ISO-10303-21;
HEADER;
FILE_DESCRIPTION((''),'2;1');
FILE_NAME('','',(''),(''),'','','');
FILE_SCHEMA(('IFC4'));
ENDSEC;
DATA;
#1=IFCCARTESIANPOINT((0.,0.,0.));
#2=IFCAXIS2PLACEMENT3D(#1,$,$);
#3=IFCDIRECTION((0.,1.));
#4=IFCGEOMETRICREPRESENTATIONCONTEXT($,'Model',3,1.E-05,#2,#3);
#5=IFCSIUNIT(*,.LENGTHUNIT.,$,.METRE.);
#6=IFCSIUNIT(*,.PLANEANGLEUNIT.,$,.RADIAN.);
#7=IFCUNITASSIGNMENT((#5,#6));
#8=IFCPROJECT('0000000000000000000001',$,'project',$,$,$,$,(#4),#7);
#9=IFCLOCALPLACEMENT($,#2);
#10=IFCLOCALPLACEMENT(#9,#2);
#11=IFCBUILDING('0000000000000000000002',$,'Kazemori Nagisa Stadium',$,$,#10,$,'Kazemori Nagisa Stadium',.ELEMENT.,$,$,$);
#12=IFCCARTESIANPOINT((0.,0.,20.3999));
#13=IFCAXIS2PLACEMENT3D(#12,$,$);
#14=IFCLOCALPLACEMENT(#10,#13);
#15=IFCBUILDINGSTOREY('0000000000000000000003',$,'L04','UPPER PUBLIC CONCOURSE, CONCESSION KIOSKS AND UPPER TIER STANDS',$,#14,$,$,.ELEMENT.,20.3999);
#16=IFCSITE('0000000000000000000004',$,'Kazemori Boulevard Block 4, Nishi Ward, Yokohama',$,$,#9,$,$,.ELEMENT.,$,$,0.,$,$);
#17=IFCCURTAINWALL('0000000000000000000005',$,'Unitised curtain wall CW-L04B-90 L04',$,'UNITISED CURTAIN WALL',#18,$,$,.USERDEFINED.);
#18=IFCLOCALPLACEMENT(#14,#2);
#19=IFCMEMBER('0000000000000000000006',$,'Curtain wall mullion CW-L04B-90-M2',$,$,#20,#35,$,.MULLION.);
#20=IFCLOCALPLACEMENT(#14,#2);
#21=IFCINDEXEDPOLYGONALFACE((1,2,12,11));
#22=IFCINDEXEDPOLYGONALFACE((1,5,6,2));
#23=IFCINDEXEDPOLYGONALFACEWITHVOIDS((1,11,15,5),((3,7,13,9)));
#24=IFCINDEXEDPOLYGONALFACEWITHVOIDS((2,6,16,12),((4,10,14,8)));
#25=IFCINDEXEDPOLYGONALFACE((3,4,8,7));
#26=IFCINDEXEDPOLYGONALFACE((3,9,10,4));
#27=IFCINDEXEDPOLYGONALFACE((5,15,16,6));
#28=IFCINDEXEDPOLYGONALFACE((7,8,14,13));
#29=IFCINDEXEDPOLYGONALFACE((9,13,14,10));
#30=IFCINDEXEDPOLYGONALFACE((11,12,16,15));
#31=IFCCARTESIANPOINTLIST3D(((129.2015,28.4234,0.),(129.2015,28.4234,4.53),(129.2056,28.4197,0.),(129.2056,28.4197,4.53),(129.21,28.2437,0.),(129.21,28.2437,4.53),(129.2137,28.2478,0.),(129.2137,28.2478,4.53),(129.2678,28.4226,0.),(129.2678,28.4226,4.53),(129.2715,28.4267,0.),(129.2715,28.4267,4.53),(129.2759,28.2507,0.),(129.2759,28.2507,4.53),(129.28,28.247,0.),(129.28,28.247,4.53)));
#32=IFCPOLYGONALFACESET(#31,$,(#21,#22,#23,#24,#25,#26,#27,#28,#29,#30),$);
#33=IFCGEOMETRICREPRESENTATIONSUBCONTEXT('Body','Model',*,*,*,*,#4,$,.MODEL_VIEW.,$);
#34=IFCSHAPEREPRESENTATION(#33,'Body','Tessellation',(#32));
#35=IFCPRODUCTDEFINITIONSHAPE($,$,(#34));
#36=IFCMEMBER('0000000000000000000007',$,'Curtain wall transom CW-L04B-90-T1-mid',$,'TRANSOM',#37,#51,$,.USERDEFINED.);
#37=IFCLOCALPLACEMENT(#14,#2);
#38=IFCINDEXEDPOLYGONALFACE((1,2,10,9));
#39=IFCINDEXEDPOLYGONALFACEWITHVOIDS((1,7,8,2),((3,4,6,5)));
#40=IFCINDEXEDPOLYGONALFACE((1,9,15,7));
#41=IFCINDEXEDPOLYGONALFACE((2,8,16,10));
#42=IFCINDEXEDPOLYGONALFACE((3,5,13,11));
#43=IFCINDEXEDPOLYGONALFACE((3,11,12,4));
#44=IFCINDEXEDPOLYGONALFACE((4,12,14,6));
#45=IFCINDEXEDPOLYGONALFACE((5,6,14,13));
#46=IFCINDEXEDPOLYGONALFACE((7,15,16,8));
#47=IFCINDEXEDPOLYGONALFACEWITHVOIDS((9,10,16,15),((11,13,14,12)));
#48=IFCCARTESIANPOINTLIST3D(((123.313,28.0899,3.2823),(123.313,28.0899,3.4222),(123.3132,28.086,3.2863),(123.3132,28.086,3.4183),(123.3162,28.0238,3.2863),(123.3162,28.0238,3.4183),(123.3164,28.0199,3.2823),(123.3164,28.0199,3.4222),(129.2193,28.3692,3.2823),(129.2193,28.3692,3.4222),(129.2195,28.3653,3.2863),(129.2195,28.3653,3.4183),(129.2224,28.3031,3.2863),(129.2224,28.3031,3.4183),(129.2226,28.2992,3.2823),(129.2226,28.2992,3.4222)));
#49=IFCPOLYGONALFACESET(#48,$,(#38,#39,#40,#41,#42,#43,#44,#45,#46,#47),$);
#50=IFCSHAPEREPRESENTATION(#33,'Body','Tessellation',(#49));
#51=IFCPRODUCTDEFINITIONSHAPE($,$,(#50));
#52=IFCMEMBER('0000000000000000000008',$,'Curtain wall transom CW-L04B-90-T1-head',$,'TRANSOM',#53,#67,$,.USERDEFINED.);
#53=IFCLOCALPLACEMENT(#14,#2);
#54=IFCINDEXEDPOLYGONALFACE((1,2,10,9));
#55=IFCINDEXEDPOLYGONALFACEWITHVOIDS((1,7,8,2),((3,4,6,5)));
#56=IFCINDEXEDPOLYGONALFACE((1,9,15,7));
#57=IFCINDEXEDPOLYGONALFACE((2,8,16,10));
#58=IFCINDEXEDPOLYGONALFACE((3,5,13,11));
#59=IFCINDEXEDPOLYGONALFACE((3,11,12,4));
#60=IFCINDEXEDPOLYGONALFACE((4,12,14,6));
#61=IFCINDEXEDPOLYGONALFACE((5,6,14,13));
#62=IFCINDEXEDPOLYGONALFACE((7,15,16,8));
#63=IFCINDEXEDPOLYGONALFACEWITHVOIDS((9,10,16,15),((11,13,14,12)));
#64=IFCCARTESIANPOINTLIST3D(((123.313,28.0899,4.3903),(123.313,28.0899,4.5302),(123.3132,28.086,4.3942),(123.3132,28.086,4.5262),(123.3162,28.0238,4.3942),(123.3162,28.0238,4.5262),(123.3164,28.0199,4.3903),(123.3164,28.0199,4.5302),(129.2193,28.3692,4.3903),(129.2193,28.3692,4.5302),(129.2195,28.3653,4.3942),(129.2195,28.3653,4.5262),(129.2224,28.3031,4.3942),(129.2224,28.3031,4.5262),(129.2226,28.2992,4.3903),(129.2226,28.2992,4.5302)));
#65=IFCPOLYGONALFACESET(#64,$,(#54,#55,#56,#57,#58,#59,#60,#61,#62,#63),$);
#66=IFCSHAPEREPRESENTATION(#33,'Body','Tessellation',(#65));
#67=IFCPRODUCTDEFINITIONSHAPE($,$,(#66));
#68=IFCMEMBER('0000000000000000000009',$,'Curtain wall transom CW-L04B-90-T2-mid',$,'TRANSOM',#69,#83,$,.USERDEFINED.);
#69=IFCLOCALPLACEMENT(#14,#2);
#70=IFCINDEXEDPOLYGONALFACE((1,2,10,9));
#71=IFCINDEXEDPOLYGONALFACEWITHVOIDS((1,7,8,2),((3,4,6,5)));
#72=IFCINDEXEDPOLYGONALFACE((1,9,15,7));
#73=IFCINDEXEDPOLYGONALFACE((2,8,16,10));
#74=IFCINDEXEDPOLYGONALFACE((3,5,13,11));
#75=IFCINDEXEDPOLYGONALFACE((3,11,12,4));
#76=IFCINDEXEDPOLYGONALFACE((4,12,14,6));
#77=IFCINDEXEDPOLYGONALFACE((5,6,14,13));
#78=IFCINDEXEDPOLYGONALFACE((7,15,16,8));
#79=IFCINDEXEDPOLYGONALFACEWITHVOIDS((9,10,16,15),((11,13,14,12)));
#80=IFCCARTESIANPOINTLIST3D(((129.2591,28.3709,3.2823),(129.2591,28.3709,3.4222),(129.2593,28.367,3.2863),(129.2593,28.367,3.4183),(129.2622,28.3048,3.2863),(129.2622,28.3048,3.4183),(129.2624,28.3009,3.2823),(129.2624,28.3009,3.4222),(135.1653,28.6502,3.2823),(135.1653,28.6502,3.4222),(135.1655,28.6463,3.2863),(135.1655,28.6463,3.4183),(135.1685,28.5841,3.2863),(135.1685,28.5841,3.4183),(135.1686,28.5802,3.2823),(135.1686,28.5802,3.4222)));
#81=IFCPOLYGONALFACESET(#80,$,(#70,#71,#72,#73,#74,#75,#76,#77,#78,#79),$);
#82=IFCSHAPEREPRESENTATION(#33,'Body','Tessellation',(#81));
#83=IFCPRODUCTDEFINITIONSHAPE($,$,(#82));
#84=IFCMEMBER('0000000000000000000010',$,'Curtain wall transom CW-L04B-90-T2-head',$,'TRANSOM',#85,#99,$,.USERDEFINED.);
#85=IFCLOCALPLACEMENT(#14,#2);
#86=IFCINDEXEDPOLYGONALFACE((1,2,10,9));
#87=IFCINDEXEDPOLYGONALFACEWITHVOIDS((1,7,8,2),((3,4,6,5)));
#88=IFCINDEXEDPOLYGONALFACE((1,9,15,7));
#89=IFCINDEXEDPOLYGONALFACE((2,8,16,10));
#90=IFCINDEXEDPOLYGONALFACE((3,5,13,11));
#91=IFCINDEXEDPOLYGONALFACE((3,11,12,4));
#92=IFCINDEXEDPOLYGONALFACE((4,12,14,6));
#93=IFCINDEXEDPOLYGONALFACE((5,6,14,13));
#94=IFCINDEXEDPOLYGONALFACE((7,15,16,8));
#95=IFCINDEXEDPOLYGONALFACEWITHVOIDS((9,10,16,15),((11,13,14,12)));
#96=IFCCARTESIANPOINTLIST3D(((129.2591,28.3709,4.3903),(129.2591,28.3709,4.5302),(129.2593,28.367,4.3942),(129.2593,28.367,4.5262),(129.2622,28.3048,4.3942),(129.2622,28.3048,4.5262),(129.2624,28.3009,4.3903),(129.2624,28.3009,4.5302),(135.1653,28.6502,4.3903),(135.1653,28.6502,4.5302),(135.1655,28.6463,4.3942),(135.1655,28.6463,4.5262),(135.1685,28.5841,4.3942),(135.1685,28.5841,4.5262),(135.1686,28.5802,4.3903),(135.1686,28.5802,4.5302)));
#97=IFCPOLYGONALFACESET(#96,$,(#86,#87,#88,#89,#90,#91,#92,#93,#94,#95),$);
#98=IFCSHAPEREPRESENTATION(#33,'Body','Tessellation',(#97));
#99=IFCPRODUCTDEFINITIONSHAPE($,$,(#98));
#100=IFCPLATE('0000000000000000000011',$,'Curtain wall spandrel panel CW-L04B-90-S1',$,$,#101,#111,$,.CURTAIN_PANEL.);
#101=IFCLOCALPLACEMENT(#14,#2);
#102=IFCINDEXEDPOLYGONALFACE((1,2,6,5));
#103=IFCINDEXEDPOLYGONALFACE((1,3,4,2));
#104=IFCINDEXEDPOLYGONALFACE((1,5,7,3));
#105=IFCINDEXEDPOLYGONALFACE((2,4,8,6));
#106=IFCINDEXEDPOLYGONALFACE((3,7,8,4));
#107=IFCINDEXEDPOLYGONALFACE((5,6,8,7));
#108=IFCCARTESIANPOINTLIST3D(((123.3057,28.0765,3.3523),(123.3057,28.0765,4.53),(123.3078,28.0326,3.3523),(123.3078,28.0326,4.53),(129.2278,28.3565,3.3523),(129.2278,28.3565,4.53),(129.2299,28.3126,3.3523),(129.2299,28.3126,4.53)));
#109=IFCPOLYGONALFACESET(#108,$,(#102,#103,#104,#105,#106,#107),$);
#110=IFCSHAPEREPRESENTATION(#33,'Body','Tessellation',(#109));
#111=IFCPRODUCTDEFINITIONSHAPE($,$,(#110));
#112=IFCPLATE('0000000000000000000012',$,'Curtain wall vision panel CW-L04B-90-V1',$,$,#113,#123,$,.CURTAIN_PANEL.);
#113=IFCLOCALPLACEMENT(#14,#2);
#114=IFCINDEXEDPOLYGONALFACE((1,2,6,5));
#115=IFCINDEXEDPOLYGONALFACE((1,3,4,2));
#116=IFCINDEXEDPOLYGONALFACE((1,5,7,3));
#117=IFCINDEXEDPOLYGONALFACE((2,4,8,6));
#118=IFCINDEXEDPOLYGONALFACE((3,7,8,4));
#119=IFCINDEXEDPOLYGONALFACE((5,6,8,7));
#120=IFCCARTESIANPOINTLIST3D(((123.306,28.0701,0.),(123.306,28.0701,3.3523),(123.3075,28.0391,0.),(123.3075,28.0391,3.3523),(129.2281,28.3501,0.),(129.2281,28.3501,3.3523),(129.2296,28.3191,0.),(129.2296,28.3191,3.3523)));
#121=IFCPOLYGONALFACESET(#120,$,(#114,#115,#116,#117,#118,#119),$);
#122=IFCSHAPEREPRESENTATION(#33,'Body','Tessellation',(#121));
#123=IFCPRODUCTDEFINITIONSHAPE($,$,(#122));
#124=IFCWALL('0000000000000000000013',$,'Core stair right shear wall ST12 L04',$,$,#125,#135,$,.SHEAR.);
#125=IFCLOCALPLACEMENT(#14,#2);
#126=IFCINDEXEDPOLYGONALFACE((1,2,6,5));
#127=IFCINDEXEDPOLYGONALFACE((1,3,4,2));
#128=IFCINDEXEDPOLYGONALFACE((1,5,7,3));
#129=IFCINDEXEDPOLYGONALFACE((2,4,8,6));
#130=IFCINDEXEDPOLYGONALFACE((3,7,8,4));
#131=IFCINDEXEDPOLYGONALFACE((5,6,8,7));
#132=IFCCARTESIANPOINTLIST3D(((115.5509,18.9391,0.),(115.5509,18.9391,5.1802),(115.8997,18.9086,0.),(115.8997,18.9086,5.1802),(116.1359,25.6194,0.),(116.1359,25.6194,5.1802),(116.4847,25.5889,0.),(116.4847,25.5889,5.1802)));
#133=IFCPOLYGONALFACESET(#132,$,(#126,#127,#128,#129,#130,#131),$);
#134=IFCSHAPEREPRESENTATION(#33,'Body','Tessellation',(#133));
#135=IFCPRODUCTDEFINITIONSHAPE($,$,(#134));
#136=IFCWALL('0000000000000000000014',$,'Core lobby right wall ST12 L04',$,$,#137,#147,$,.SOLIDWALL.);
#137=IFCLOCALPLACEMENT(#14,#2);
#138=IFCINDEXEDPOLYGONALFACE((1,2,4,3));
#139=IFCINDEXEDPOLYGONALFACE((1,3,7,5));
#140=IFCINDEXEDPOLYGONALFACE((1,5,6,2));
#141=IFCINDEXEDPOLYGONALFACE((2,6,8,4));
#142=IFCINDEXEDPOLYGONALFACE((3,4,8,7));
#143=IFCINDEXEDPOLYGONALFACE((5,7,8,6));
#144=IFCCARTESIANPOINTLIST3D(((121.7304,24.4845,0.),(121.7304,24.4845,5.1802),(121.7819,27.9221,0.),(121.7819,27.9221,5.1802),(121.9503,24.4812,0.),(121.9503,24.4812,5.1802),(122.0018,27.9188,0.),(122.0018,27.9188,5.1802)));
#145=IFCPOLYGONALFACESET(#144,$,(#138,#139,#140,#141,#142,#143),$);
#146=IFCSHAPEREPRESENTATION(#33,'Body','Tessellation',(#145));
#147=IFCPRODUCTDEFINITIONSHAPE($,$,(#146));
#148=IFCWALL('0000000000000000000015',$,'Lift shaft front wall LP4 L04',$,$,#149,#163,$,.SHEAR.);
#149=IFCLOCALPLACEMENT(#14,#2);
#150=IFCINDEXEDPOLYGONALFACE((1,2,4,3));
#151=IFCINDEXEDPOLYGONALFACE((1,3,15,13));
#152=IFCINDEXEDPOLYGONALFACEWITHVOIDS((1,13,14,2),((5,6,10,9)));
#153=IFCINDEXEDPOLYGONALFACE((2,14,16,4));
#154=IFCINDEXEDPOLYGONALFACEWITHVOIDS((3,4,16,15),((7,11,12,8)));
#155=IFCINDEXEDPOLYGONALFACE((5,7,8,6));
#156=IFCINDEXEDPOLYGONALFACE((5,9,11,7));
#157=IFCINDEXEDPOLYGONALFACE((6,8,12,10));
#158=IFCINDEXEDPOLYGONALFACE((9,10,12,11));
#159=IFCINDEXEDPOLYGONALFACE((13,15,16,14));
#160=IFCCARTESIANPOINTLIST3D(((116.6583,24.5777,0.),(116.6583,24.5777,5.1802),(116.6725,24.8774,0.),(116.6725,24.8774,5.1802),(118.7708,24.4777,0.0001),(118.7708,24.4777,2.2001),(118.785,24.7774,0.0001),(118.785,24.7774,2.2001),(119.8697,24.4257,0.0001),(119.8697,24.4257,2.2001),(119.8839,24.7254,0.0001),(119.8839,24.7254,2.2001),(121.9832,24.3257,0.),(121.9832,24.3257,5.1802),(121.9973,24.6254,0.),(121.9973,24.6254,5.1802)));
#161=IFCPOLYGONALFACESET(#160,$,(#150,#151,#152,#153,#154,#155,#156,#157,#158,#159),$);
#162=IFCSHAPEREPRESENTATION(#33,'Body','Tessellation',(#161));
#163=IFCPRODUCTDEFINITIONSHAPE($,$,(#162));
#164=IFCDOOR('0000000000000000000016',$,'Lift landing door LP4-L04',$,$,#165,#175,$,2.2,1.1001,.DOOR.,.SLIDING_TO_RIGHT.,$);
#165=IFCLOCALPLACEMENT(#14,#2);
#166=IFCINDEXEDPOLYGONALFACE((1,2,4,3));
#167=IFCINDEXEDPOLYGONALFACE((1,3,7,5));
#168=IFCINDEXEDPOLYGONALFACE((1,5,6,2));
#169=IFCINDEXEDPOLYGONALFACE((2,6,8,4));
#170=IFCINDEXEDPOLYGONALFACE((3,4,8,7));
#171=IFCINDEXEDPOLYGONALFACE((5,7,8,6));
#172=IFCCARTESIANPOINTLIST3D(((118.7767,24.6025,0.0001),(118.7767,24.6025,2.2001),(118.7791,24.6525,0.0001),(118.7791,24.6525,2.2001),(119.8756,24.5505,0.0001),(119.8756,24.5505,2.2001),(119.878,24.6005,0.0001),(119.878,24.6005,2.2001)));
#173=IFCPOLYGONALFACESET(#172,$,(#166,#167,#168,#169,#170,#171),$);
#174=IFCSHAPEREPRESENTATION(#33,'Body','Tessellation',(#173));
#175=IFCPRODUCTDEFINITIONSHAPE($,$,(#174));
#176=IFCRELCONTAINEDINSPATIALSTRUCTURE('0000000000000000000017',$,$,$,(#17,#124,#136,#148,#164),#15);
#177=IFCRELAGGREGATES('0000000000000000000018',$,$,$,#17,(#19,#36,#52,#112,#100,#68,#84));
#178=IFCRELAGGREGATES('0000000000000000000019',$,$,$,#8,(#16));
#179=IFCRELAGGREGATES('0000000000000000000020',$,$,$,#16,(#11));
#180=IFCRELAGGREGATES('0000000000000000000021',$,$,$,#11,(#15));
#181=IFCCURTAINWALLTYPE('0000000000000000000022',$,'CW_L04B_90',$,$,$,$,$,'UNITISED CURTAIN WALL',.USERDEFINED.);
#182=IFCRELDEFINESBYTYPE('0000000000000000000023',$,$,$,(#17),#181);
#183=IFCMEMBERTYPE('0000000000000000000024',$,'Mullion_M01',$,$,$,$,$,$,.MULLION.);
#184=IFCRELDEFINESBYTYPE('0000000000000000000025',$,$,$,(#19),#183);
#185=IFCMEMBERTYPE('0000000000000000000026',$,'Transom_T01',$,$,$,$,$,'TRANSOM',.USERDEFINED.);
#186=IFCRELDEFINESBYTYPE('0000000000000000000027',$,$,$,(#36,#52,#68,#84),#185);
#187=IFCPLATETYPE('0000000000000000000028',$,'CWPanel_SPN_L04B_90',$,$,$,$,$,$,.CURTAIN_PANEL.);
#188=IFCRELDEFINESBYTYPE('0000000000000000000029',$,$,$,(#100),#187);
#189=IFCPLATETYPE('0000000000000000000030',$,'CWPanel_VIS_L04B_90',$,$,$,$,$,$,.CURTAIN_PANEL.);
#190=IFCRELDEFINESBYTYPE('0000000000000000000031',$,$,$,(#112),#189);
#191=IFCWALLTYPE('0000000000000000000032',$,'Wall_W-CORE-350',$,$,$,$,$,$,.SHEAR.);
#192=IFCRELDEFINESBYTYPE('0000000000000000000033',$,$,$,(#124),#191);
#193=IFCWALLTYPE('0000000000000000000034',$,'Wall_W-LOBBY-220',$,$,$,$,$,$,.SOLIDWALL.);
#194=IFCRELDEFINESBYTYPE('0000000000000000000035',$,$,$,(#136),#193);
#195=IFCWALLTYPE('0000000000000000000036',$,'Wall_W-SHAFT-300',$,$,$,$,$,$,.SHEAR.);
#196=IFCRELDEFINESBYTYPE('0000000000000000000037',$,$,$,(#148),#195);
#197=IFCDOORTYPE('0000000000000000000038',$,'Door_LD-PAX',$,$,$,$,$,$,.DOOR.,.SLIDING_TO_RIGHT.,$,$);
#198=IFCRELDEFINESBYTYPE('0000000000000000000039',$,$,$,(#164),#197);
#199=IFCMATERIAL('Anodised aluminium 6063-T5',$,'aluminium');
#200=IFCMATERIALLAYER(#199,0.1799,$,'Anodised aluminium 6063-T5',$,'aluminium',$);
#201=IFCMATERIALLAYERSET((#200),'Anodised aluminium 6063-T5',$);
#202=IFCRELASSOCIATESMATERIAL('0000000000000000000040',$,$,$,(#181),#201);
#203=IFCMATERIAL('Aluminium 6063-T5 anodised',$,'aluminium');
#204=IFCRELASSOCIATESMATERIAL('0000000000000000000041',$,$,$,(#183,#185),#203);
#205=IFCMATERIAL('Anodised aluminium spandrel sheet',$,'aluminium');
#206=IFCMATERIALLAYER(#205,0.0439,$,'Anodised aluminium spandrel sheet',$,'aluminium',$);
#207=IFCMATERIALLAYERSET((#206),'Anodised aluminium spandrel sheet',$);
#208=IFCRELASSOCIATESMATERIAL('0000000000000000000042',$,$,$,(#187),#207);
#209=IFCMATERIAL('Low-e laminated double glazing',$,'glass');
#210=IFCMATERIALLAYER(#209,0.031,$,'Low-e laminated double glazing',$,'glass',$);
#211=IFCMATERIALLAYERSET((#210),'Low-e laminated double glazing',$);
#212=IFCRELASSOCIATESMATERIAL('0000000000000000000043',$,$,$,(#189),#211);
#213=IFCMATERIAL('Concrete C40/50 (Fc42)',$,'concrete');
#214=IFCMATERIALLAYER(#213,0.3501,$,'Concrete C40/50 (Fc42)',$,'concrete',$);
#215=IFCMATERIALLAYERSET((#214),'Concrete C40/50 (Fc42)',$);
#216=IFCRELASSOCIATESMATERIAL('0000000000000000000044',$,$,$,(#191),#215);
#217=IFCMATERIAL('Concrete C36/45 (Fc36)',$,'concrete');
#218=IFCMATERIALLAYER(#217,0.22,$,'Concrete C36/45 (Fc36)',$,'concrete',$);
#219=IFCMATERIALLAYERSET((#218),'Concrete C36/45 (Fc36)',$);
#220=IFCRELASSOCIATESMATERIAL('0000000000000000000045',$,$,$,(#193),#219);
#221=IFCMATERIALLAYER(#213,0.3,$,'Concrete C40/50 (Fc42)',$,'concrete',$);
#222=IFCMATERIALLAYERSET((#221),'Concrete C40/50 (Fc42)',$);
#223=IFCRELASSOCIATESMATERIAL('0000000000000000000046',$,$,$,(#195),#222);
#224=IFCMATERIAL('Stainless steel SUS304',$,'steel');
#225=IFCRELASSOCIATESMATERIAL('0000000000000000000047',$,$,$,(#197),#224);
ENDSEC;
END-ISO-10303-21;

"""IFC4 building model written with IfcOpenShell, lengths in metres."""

from ifc_helpers import new_model, si_unit, direction, frame, frame_2d, origin, origin_2d, place, context, subcontext, project, spatial, rectangle, hollow_rectangle, extrude, material, layer, layer_set, material_profile, profile_set, type_object, element, fill, aggregate, save


model = new_model("IFC4")

# Units and contexts
model_context = context("Model", 3, precision=1e-05, world=origin(), true_north=direction((0.0, 1.0)))
body_context = subcontext(model_context, "Body", "Model", "MODEL_VIEW")
ifc_project = project(units=[si_unit("LENGTHUNIT", "METRE"), si_unit("PLANEANGLEUNIT", "RADIAN")], contexts=[model_context])

# Site, building, storey
site_placement = place(None, origin())
site = spatial("IfcSite", under=ifc_project, at=site_placement, Name="Kazemori Boulevard Block 4, Nishi Ward, Yokohama", CompositionType="ELEMENT", RefElevation=0.0)
building_placement = place(site_placement, origin())
building = spatial("IfcBuilding", under=site, at=building_placement, Name="Kazemori Nagisa Stadium", LongName="Kazemori Nagisa Stadium", CompositionType="ELEMENT")
storey_placement = place(building_placement, frame((0.0, 0.0, 20.3999)))
storey = spatial("IfcBuildingStorey", under=building, at=storey_placement, Name="L04", Description="UPPER PUBLIC CONCOURSE, CONCESSION KIOSKS AND UPPER TIER STANDS", CompositionType="ELEMENT", Elevation=20.3999)

# Shared definitions
ifc_material_1 = material(Name="Concrete C40/50 (Fc42)", Category="concrete")

# Curtain wall, members, plates
ifc_material_2 = material(Name="Anodised aluminium 6063-T5", Category="aluminium")
ifc_layer_1 = layer(ifc_material_2, 0.1799, Name="Anodised aluminium 6063-T5", Category="aluminium")
ifc_layer_set_1 = layer_set([ifc_layer_1], Name="Anodised aluminium 6063-T5")
curtain_wall_type = type_object("IfcCurtainWallType", Name="CW_L04B_90", ElementType="UNITISED CURTAIN WALL", PredefinedType="USERDEFINED", material=ifc_layer_set_1)
curtain_wall_placement = place(storey_placement, origin())
curtain_wall = element("IfcCurtainWall", 1, at=curtain_wall_placement, inside=storey, type_object=curtain_wall_type, Name="Unitised curtain wall CW-L04B-90 L04", ObjectType="UNITISED CURTAIN WALL", PredefinedType="USERDEFINED")
ifc_material_3 = material(Name="Aluminium 6063-T5 anodised", Category="aluminium")
ifc_material_profile_1 = material_profile(ifc_material_3, hollow_rectangle(XDim=0.0701, YDim=0.1799, WallThickness=0.0039, at=origin_2d()), Name="ALU-MULL-70x180x4")
ifc_profile_set_1 = profile_set([ifc_material_profile_1], Name="Aluminium 6063-T5 anodised")
member_type_1 = type_object("IfcMemberType", Name="Mullion_M01", PredefinedType="MULLION", material=ifc_profile_set_1)
member_1_placement = place(storey_placement, frame((129.2407, 28.3352, 0.0), z_axis=(0.0, 0.0, 1.0), x_axis=(0.998884, 0.04723, 0.0)))
member_1 = element("IfcMember", 2, at=member_1_placement, type_object=member_type_1, Name="Curtain wall mullion CW-L04B-90-M2", PredefinedType="MULLION", context=body_context, shape_type="SweptSolid", body=[
    extrude(hollow_rectangle(XDim=0.0701, YDim=0.1799, WallThickness=0.0039, at=origin_2d()), origin(), (0.0, 0.0, 1.0), 4.53),
])
ifc_material_profile_2 = material_profile(ifc_material_3, hollow_rectangle(XDim=0.0701, YDim=0.1399, WallThickness=0.0039, at=origin_2d()), Name="ALU-TRAN-70x140x4")
ifc_profile_set_2 = profile_set([ifc_material_profile_2], Name="Aluminium 6063-T5 anodised")
member_type_2 = type_object("IfcMemberType", Name="Transom_T01", ElementType="TRANSOM", PredefinedType="USERDEFINED", material=ifc_profile_set_2)
member_2_placement = place(storey_placement, frame((123.3147, 28.0549, 3.3523), z_axis=(0.998884, 0.047236, 0.0), x_axis=(-0.047236, 0.998884, 0.0)))
member_2 = element("IfcMember", 3, at=member_2_placement, type_object=member_type_2, Name="Curtain wall transom CW-L04B-90-T1-mid", ObjectType="TRANSOM", PredefinedType="USERDEFINED", context=body_context, shape_type="SweptSolid", body=[
    extrude(hollow_rectangle(XDim=0.0701, YDim=0.1399, WallThickness=0.0039, at=origin_2d()), origin(), (0.0, 0.0, 1.0), 5.9128),
])
member_3_placement = place(storey_placement, frame((123.3147, 28.0549, 4.4602), z_axis=(0.998884, 0.047236, 0.0), x_axis=(-0.047236, 0.998884, 0.0)))
member_3 = element("IfcMember", 4, at=member_3_placement, type_object=member_type_2, Name="Curtain wall transom CW-L04B-90-T1-head", ObjectType="TRANSOM", PredefinedType="USERDEFINED", context=body_context, shape_type="SweptSolid", body=[
    extrude(hollow_rectangle(XDim=0.0701, YDim=0.1399, WallThickness=0.0039, at=origin_2d()), origin(), (0.0, 0.0, 1.0), 5.9128),
])
member_4_placement = place(storey_placement, frame((129.2607, 28.3359, 3.3523), z_axis=(0.998884, 0.047236, 0.0), x_axis=(-0.047236, 0.998884, 0.0)))
member_4 = element("IfcMember", 5, at=member_4_placement, type_object=member_type_2, Name="Curtain wall transom CW-L04B-90-T2-mid", ObjectType="TRANSOM", PredefinedType="USERDEFINED", context=body_context, shape_type="SweptSolid", body=[
    extrude(hollow_rectangle(XDim=0.0701, YDim=0.1399, WallThickness=0.0039, at=origin_2d()), origin(), (0.0, 0.0, 1.0), 5.9128),
])
member_5_placement = place(storey_placement, frame((129.2607, 28.3359, 4.4602), z_axis=(0.998884, 0.047236, 0.0), x_axis=(-0.047236, 0.998884, 0.0)))
member_5 = element("IfcMember", 6, at=member_5_placement, type_object=member_type_2, Name="Curtain wall transom CW-L04B-90-T2-head", ObjectType="TRANSOM", PredefinedType="USERDEFINED", context=body_context, shape_type="SweptSolid", body=[
    extrude(hollow_rectangle(XDim=0.0701, YDim=0.1399, WallThickness=0.0039, at=origin_2d()), origin(), (0.0, 0.0, 1.0), 5.9128),
])
ifc_material_4 = material(Name="Anodised aluminium spandrel sheet", Category="aluminium")
ifc_layer_2 = layer(ifc_material_4, 0.0439, Name="Anodised aluminium spandrel sheet", Category="aluminium")
ifc_layer_set_2 = layer_set([ifc_layer_2], Name="Anodised aluminium spandrel sheet")
plate_type_1 = type_object("IfcPlateType", Name="CWPanel_SPN_L04B_90", PredefinedType="CURTAIN_PANEL", material=ifc_layer_set_2)
plate_1_placement = place(storey_placement, frame((126.2678, 28.1946, 3.3523), z_axis=(0.0, 0.0, 1.0), x_axis=(0.998884, 0.04723, 0.0)))
plate_1 = element("IfcPlate", 7, at=plate_1_placement, type_object=plate_type_1, Name="Curtain wall spandrel panel CW-L04B-90-S1", PredefinedType="CURTAIN_PANEL", context=body_context, shape_type="SweptSolid", body=[
    extrude(rectangle(XDim=5.9287, YDim=0.0439, at=origin_2d()), origin(), (0.0, 0.0, 1.0), 1.1777),
])
ifc_material_5 = material(Name="Low-e laminated double glazing", Category="glass")
ifc_layer_3 = layer(ifc_material_5, 0.031, Name="Low-e laminated double glazing", Category="glass")
ifc_layer_set_3 = layer_set([ifc_layer_3], Name="Low-e laminated double glazing")
plate_type_2 = type_object("IfcPlateType", Name="CWPanel_VIS_L04B_90", PredefinedType="CURTAIN_PANEL", material=ifc_layer_set_3)
plate_2_placement = place(storey_placement, frame((126.2678, 28.1946, 0.0), z_axis=(0.0, 0.0, 1.0), x_axis=(0.998884, 0.04723, 0.0)))
plate_2 = element("IfcPlate", 8, at=plate_2_placement, type_object=plate_type_2, Name="Curtain wall vision panel CW-L04B-90-V1", PredefinedType="CURTAIN_PANEL", context=body_context, shape_type="SweptSolid", body=[
    extrude(rectangle(XDim=5.9287, YDim=0.031, at=origin_2d()), origin(), (0.0, 0.0, 1.0), 3.3523),
])
aggregate(curtain_wall, [member_1, member_2, member_3, plate_2, plate_1, member_4, member_5])

# Walls
ifc_layer_4 = layer(ifc_material_1, 0.3501, Name="Concrete C40/50 (Fc42)", Category="concrete")
ifc_layer_set_4 = layer_set([ifc_layer_4], Name="Concrete C40/50 (Fc42)")
wall_type_1 = type_object("IfcWallType", Name="Wall_W-CORE-350", PredefinedType="SHEAR", material=ifc_layer_set_4)
wall_1_placement = place(storey_placement, frame((116.3103, 25.6042, 0.0), z_axis=(0.0, 0.0, 1.0), x_axis=(-0.087233, -0.996188, 0.0)))
element("IfcWall", 9, at=wall_1_placement, inside=storey, type_object=wall_type_1, Name="Core stair right shear wall ST12 L04", PredefinedType="SHEAR", context=body_context, shape_type="SweptSolid", body=[
    extrude(rectangle(XDim=6.7058, YDim=0.3501, at=frame_2d((3.353, 0.0))), origin(), (0.0, 0.0, 1.0), 5.1802),
])
ifc_material_6 = material(Name="Concrete C36/45 (Fc36)", Category="concrete")
ifc_layer_5 = layer(ifc_material_6, 0.22, Name="Concrete C36/45 (Fc36)", Category="concrete")
ifc_layer_set_5 = layer_set([ifc_layer_5], Name="Concrete C36/45 (Fc36)")
wall_type_2 = type_object("IfcWallType", Name="Wall_W-LOBBY-220", PredefinedType="SOLIDWALL", material=ifc_layer_set_5)
wall_2_placement = place(storey_placement, frame((121.8918, 27.9204, 0.0), z_axis=(0.0, 0.0, 1.0), x_axis=(-0.014984, -0.999888, 0.0)))
element("IfcWall", 10, at=wall_2_placement, inside=storey, type_object=wall_type_2, Name="Core lobby right wall ST12 L04", PredefinedType="SOLIDWALL", context=body_context, shape_type="SweptSolid", body=[
    extrude(rectangle(XDim=3.438, YDim=0.22, at=frame_2d((1.719, 0.0))), origin(), (0.0, 0.0, 1.0), 5.1802),
])

# Wall, opening, door
ifc_layer_6 = layer(ifc_material_1, 0.3, Name="Concrete C40/50 (Fc42)", Category="concrete")
ifc_layer_set_6 = layer_set([ifc_layer_6], Name="Concrete C40/50 (Fc42)")
wall_type_3 = type_object("IfcWallType", Name="Wall_W-SHAFT-300", PredefinedType="SHEAR", material=ifc_layer_set_6)
wall_3_placement = place(storey_placement, frame((116.6653, 24.7275, 0.0), z_axis=(0.0, 0.0, 1.0), x_axis=(0.998882, -0.047263, 0.0)))
wall_3 = element("IfcWall", 11, at=wall_3_placement, inside=storey, type_object=wall_type_3, Name="Lift shaft front wall LP4 L04", PredefinedType="SHEAR", context=body_context, shape_type="SweptSolid", body=[
    extrude(rectangle(XDim=5.3308, YDim=0.3, at=frame_2d((2.6655, 0.0))), origin(), (0.0, 0.0, 1.0), 5.1802),
])
opening_placement = place(wall_3_placement, frame((2.115, 0.0, 0.0)))
opening = element("IfcOpeningElement", 12, at=opening_placement, cuts=wall_3, PredefinedType="OPENING", context=body_context, shape_type="SweptSolid", body=[
    extrude(rectangle(XDim=1.1001, YDim=2.2, at=frame_2d((0.55, 1.1001))), frame((0.0, 0.1599, 0.0), z_axis=(0.0, -1.0, 0.0), x_axis=(1.0, 0.0, 0.0)), (0.0, 0.0, 1.0), 0.3201),
])
ifc_material_7 = material(Name="Stainless steel SUS304", Category="steel")
door_type = type_object("IfcDoorType", Name="Door_LD-PAX", OperationType="SLIDING_TO_RIGHT", PredefinedType="DOOR", material=ifc_material_7)
door_placement = place(opening_placement, origin())
door = element("IfcDoor", 13, at=door_placement, inside=storey, type_object=door_type, Name="Lift landing door LP4-L04", OperationType="SLIDING_TO_RIGHT", OverallHeight=2.2, OverallWidth=1.1001, PredefinedType="DOOR", context=body_context, shape_type="SweptSolid", body=[
    extrude(rectangle(XDim=1.1001, YDim=2.2, at=frame_2d((0.55, 1.1001))), frame((0.0, 0.0249, 0.0), z_axis=(0.0, -1.0, 0.0), x_axis=(1.0, 0.0, 0.0)), (0.0, 0.0, 1.0), 0.05),
])
fill(opening, door)

save(model, "model.ifc")
